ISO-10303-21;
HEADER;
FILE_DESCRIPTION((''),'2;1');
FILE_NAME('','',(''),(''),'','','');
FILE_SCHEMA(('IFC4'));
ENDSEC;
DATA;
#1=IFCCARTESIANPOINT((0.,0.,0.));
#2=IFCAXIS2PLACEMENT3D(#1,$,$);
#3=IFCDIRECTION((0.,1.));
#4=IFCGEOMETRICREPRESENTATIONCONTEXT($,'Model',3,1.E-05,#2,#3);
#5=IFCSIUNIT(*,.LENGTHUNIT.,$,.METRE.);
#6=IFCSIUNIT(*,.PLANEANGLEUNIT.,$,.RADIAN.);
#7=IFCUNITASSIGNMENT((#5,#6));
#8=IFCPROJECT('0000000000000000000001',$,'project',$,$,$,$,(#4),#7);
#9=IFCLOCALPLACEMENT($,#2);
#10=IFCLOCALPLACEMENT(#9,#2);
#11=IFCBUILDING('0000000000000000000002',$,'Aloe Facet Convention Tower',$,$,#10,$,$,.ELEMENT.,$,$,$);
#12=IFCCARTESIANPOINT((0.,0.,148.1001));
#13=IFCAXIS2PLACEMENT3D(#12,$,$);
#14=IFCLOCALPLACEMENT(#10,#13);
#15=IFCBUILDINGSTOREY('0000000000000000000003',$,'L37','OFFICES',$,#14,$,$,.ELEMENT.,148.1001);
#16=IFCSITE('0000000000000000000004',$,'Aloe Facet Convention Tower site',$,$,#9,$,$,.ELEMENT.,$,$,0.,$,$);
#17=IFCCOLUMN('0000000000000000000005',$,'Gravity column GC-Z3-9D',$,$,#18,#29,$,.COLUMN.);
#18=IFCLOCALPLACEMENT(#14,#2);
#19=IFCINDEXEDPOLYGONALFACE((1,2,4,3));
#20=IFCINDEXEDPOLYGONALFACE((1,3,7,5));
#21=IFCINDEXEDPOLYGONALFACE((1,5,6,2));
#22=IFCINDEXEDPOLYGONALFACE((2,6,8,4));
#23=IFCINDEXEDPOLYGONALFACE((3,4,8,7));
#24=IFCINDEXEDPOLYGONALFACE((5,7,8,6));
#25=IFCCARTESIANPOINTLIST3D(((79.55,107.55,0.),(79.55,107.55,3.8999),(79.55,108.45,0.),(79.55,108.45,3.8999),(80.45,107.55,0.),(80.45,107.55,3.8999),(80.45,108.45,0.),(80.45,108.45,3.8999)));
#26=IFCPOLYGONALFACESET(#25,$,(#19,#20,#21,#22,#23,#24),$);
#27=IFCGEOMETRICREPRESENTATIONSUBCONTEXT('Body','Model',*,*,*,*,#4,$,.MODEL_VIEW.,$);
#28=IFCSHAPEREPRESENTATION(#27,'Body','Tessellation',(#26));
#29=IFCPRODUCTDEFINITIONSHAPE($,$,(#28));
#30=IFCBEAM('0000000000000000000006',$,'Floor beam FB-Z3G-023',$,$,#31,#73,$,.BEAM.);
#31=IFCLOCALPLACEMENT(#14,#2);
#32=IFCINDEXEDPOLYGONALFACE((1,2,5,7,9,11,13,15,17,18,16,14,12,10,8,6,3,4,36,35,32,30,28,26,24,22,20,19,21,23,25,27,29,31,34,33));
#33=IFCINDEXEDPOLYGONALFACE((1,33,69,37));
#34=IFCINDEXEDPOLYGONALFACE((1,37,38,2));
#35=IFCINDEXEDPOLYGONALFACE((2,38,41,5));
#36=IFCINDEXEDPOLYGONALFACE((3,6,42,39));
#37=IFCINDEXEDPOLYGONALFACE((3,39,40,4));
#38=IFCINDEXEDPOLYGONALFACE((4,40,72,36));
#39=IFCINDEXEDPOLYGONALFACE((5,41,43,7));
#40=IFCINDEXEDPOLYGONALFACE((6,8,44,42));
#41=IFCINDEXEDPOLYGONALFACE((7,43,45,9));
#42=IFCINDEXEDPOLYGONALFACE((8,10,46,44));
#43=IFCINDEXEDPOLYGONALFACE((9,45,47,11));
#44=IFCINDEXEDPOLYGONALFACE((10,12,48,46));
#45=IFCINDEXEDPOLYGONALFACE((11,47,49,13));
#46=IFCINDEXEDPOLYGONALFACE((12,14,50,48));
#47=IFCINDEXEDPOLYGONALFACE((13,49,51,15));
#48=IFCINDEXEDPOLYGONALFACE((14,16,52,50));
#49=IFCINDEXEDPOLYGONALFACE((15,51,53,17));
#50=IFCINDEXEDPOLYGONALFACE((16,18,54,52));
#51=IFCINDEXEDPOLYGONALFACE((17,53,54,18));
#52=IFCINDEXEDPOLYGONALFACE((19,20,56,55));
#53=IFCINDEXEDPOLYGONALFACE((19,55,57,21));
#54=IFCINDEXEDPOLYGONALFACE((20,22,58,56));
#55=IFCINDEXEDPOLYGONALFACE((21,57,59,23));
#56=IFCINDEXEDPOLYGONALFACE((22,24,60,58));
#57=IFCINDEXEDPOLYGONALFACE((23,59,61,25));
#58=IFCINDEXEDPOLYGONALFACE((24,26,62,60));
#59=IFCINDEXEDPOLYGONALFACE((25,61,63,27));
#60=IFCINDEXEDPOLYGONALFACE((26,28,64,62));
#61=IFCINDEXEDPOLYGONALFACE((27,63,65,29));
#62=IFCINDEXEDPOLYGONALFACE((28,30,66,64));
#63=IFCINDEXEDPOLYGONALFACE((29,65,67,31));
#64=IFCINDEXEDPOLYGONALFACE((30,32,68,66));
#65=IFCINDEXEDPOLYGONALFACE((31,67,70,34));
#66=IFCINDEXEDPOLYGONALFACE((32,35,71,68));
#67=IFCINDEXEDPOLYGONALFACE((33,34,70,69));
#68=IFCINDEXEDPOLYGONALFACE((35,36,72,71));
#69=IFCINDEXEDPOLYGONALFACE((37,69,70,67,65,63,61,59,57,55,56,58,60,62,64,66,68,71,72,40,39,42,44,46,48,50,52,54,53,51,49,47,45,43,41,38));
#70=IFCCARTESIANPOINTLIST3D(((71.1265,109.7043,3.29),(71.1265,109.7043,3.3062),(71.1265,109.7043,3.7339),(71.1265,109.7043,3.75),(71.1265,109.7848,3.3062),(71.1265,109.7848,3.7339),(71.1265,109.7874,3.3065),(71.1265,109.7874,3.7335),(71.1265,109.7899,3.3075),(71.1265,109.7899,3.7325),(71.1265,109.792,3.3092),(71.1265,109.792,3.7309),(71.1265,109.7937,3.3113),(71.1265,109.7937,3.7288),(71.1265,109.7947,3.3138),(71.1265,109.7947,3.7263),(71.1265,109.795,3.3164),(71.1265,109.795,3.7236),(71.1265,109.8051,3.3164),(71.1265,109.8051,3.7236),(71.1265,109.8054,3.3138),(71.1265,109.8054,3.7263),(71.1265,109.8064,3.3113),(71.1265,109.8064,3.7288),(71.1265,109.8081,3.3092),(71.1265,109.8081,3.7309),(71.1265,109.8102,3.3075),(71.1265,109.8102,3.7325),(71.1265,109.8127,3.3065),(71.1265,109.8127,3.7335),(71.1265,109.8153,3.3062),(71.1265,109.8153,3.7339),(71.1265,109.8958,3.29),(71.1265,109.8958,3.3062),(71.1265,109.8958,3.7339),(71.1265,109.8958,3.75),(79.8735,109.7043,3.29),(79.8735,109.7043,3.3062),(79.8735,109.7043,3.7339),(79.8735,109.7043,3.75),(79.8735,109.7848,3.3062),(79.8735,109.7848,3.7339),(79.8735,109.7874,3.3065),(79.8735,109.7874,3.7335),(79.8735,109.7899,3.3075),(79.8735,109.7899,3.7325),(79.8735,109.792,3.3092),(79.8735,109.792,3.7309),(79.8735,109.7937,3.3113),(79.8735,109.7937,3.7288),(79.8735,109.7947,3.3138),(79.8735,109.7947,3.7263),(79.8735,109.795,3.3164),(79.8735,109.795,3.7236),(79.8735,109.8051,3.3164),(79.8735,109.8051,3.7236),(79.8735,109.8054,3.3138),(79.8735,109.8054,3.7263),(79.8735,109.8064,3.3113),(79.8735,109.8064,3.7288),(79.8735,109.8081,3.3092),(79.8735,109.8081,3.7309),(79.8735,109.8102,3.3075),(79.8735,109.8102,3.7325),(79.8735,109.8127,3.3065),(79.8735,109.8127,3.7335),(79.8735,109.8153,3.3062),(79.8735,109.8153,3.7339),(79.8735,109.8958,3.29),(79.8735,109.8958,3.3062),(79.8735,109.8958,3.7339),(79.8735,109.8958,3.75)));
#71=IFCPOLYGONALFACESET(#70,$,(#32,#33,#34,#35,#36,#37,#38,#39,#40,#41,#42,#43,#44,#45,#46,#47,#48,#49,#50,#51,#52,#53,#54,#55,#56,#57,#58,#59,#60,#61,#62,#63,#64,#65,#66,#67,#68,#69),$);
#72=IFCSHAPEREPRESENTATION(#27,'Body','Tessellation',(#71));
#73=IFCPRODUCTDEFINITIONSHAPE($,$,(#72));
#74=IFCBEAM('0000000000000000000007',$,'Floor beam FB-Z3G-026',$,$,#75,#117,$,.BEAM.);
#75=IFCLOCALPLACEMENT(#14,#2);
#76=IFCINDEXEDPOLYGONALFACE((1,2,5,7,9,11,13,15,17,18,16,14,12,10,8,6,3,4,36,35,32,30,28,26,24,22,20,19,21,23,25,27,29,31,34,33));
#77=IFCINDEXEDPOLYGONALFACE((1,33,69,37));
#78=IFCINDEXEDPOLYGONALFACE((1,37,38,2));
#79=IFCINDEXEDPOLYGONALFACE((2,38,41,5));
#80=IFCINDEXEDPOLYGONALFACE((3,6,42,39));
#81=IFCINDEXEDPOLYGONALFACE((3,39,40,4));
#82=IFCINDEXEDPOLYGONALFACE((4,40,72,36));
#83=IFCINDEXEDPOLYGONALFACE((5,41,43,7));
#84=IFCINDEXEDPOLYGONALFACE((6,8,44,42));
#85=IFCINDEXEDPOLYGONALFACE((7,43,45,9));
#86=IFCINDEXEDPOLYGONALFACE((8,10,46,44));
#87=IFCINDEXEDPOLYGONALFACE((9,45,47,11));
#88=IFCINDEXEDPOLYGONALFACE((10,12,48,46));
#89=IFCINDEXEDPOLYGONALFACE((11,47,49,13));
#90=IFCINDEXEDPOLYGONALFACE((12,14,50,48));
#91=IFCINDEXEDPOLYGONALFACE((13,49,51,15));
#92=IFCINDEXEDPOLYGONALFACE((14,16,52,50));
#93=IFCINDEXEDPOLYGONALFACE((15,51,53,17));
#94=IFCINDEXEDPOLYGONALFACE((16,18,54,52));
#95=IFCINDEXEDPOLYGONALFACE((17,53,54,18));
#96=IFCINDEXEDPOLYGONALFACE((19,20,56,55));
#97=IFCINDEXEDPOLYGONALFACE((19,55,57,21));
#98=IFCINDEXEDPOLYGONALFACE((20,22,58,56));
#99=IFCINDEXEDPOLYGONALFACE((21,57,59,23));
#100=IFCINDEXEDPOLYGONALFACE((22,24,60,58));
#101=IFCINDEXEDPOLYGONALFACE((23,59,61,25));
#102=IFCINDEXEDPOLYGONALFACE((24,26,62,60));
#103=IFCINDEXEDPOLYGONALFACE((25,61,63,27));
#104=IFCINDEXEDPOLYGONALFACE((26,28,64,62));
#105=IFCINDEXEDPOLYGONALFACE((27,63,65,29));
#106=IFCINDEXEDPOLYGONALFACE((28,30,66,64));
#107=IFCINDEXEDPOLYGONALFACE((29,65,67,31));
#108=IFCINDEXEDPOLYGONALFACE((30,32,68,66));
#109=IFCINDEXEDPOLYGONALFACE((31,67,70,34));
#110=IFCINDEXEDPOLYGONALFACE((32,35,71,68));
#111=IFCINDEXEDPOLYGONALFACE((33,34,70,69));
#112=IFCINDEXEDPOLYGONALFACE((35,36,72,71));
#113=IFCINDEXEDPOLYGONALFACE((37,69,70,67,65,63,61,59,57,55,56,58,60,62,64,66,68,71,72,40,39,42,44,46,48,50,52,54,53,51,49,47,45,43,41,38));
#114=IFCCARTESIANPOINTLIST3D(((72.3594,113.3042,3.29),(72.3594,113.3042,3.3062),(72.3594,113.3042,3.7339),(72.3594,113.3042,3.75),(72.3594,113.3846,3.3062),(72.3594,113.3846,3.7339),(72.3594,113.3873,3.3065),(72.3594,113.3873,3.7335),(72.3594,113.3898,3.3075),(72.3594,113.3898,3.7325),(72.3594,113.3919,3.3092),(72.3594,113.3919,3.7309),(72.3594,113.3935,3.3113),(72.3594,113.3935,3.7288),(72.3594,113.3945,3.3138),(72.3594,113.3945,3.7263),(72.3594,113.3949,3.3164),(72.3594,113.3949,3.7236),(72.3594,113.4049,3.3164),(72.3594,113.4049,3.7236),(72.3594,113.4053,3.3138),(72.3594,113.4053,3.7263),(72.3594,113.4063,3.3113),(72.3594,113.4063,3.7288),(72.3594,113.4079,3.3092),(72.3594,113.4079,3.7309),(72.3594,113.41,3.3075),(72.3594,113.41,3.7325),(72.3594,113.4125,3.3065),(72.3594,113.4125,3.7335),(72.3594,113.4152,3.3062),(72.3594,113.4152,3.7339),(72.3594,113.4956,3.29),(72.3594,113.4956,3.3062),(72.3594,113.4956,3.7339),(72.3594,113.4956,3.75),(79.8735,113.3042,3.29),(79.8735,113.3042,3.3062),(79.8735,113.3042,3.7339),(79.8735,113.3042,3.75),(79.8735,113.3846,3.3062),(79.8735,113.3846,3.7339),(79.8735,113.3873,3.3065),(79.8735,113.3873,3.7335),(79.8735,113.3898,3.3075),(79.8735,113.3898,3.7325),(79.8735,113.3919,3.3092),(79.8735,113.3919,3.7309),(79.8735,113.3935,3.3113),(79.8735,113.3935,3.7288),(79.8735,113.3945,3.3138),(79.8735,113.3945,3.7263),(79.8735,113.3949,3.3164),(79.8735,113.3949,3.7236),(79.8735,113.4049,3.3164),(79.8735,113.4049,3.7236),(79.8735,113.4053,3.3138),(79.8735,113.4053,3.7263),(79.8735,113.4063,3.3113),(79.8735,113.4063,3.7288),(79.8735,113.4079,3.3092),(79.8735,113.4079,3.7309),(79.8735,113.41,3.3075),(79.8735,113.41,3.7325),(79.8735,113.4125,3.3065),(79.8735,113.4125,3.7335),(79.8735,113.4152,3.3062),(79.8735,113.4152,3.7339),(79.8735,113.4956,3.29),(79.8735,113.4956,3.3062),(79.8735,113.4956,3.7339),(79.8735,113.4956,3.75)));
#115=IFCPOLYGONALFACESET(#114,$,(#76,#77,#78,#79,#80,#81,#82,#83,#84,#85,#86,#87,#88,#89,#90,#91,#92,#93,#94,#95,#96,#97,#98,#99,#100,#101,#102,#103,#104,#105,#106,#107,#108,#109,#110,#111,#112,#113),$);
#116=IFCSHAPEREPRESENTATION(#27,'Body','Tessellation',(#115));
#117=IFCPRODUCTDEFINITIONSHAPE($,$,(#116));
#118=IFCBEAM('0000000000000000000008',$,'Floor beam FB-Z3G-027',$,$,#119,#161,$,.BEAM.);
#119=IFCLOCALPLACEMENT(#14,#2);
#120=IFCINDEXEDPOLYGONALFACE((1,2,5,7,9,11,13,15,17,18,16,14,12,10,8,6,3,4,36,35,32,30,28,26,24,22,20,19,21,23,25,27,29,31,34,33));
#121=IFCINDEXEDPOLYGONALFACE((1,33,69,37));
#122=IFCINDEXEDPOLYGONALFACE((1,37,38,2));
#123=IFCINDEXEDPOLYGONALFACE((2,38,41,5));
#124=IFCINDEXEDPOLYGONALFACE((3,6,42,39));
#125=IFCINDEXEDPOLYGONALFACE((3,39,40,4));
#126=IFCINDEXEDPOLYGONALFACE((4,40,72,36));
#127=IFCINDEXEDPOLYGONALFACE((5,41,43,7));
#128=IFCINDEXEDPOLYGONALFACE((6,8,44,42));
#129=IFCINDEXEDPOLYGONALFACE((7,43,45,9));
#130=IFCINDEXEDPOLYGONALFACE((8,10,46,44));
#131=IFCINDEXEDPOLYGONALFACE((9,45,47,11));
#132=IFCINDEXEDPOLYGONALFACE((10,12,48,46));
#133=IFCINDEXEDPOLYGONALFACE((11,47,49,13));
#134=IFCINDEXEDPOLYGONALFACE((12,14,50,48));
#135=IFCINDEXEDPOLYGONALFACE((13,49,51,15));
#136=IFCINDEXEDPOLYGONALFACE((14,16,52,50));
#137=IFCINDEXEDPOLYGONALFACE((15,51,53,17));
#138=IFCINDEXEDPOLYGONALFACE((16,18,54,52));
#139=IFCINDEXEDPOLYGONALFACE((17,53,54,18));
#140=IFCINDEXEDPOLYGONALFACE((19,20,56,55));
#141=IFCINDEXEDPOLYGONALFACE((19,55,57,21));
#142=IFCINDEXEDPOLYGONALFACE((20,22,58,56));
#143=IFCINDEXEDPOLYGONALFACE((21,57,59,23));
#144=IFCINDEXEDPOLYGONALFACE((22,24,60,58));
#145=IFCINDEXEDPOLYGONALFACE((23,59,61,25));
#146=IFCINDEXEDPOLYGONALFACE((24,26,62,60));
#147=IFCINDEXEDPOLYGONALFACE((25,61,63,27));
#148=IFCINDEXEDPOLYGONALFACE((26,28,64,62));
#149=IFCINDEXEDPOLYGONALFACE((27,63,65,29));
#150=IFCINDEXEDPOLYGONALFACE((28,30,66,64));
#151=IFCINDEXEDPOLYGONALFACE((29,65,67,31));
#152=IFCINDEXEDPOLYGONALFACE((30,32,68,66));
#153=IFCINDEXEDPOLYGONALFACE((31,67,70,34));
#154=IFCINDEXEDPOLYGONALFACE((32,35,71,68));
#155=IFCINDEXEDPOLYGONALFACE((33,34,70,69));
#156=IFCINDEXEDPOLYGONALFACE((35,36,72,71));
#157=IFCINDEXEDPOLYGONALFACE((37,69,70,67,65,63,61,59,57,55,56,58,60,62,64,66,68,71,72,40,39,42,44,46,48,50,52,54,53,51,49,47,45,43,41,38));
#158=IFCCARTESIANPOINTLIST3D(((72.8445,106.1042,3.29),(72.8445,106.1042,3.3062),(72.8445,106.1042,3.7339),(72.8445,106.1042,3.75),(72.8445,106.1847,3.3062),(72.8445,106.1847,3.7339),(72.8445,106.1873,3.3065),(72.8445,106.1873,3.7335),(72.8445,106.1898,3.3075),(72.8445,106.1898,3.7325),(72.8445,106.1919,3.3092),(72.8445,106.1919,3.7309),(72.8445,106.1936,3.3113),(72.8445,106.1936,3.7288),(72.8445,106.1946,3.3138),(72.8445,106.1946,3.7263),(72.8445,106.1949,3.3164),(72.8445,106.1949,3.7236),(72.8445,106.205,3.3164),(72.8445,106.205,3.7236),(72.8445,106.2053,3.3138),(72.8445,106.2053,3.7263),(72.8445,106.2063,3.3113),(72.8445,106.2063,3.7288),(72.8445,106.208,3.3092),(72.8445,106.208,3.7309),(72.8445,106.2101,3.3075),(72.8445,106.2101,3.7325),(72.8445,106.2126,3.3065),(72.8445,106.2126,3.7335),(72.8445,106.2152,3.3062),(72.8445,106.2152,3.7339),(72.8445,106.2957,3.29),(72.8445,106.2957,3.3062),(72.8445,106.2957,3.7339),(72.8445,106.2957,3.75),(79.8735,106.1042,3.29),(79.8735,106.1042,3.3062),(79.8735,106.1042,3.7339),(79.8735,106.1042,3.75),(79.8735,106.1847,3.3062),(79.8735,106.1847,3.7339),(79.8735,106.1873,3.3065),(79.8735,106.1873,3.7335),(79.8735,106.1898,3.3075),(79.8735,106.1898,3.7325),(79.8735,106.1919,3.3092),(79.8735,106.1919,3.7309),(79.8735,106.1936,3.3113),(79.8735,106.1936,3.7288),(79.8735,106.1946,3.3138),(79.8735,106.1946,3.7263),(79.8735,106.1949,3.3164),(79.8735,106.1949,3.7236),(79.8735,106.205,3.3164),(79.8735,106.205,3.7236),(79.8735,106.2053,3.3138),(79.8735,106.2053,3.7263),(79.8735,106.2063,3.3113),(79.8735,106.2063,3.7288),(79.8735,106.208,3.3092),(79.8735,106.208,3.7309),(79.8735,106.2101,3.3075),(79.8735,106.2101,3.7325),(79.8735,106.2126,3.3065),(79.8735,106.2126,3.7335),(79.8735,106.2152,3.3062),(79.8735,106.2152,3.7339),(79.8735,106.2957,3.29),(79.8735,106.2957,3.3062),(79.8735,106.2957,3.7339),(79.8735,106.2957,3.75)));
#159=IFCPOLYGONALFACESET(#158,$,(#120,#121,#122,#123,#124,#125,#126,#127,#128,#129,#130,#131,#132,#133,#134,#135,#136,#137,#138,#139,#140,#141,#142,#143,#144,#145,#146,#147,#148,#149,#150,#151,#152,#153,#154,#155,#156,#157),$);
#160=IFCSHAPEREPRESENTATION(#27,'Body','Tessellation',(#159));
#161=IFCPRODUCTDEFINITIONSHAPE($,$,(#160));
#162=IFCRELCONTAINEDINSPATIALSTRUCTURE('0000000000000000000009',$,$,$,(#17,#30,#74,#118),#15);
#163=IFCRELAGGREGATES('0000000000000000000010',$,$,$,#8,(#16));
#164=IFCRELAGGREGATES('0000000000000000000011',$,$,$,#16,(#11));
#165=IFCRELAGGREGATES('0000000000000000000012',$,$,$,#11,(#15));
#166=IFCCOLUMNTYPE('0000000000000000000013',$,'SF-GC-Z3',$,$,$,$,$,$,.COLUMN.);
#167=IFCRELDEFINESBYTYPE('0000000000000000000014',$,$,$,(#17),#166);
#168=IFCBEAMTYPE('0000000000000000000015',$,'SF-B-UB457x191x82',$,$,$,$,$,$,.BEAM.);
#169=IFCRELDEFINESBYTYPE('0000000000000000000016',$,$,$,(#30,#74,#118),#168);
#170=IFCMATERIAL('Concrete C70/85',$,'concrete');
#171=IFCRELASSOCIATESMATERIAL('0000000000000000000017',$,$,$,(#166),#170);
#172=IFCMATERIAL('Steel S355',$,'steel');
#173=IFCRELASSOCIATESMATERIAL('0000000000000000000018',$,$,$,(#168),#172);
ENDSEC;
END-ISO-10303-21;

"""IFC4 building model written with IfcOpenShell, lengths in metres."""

from ifc_helpers import new_model, si_unit, direction, frame, origin, origin_2d, place, context, subcontext, project, spatial, rectangle, i_section, extrude, material, material_profile, profile_set, type_object, element, save


model = new_model("IFC4")

# Units and contexts
model_context = context("Model", 3, precision=1e-05, world=origin(), true_north=direction((0.0, 1.0)))
body_context = subcontext(model_context, "Body", "Model", "MODEL_VIEW")
ifc_project = project(units=[si_unit("LENGTHUNIT", "METRE"), si_unit("PLANEANGLEUNIT", "RADIAN")], contexts=[model_context])

# Site, building, storey
site_placement = place(None, origin())
site = spatial("IfcSite", under=ifc_project, at=site_placement, Name="Aloe Facet Convention Tower site", CompositionType="ELEMENT", RefElevation=0.0)
building_placement = place(site_placement, origin())
building = spatial("IfcBuilding", under=site, at=building_placement, Name="Aloe Facet Convention Tower", CompositionType="ELEMENT")
storey_placement = place(building_placement, frame((0.0, 0.0, 148.1001)))
storey = spatial("IfcBuildingStorey", under=building, at=storey_placement, Name="L37", Description="OFFICES", CompositionType="ELEMENT", Elevation=148.1001)

# Column
ifc_material_1 = material(Name="Concrete C70/85", Category="concrete")
ifc_material_profile_1 = material_profile(ifc_material_1, rectangle(XDim=0.8999, YDim=0.8999, at=origin_2d()), Name="SF-GC-Z3")
ifc_profile_set_1 = profile_set([ifc_material_profile_1], Name="Concrete C70/85")
column_type = type_object("IfcColumnType", Name="SF-GC-Z3", PredefinedType="COLUMN", material=ifc_profile_set_1)
column_placement = place(storey_placement, frame((80.0, 108.0, 0.0), z_axis=(0.0, 0.0, 1.0), x_axis=(1.0, 0.0, 0.0)))
element("IfcColumn", 1, at=column_placement, inside=storey, type_object=column_type, Name="Gravity column GC-Z3-9D", PredefinedType="COLUMN", context=body_context, shape_type="SweptSolid", body=[
    extrude(rectangle(XDim=0.8999, YDim=0.8999, at=origin_2d()), origin(), (0.0, 0.0, 1.0), 3.8999),
])

# Beams
ifc_material_2 = material(Name="Steel S355", Category="steel")
ifc_material_profile_2 = material_profile(ifc_material_2, i_section(OverallWidth=0.1914, OverallDepth=0.46, WebThickness=0.01, FlangeThickness=0.0161, FilletRadius=0.0103, at=origin_2d()), Name="UB 457x191x82")
ifc_profile_set_2 = profile_set([ifc_material_profile_2], Name="Steel S355")
beam_type_1 = type_object("IfcBeamType", Name="SF-B-UB457x191x82", PredefinedType="BEAM", material=ifc_profile_set_2)
beam_1_placement = place(storey_placement, frame((71.1265, 109.8, 3.52), z_axis=(1.0, 0.0, 0.0), x_axis=(0.0, 1.0, 0.0)))
element("IfcBeam", 2, at=beam_1_placement, inside=storey, type_object=beam_type_1, Name="Floor beam FB-Z3G-023", PredefinedType="BEAM", context=body_context, shape_type="SweptSolid", body=[
    extrude(i_section(OverallWidth=0.1914, OverallDepth=0.46, WebThickness=0.01, FlangeThickness=0.0161, FilletRadius=0.0103, at=origin_2d()), origin(), (0.0, 0.0, 1.0), 8.7471),
])
beam_2_placement = place(storey_placement, frame((72.3594, 113.3999, 3.52), z_axis=(1.0, 0.0, 0.0), x_axis=(0.0, 1.0, 0.0)))
element("IfcBeam", 3, at=beam_2_placement, inside=storey, type_object=beam_type_1, Name="Floor beam FB-Z3G-026", PredefinedType="BEAM", context=body_context, shape_type="SweptSolid", body=[
    extrude(i_section(OverallWidth=0.1914, OverallDepth=0.46, WebThickness=0.01, FlangeThickness=0.0161, FilletRadius=0.0103, at=origin_2d()), origin(), (0.0, 0.0, 1.0), 7.5142),
])
beam_3_placement = place(storey_placement, frame((72.8445, 106.2, 3.52), z_axis=(1.0, 0.0, 0.0), x_axis=(0.0, 1.0, 0.0)))
element("IfcBeam", 4, at=beam_3_placement, inside=storey, type_object=beam_type_1, Name="Floor beam FB-Z3G-027", PredefinedType="BEAM", context=body_context, shape_type="SweptSolid", body=[
    extrude(i_section(OverallWidth=0.1914, OverallDepth=0.46, WebThickness=0.01, FlangeThickness=0.0161, FilletRadius=0.0103, at=origin_2d()), origin(), (0.0, 0.0, 1.0), 7.0291),
])

save(model, "model.ifc")
